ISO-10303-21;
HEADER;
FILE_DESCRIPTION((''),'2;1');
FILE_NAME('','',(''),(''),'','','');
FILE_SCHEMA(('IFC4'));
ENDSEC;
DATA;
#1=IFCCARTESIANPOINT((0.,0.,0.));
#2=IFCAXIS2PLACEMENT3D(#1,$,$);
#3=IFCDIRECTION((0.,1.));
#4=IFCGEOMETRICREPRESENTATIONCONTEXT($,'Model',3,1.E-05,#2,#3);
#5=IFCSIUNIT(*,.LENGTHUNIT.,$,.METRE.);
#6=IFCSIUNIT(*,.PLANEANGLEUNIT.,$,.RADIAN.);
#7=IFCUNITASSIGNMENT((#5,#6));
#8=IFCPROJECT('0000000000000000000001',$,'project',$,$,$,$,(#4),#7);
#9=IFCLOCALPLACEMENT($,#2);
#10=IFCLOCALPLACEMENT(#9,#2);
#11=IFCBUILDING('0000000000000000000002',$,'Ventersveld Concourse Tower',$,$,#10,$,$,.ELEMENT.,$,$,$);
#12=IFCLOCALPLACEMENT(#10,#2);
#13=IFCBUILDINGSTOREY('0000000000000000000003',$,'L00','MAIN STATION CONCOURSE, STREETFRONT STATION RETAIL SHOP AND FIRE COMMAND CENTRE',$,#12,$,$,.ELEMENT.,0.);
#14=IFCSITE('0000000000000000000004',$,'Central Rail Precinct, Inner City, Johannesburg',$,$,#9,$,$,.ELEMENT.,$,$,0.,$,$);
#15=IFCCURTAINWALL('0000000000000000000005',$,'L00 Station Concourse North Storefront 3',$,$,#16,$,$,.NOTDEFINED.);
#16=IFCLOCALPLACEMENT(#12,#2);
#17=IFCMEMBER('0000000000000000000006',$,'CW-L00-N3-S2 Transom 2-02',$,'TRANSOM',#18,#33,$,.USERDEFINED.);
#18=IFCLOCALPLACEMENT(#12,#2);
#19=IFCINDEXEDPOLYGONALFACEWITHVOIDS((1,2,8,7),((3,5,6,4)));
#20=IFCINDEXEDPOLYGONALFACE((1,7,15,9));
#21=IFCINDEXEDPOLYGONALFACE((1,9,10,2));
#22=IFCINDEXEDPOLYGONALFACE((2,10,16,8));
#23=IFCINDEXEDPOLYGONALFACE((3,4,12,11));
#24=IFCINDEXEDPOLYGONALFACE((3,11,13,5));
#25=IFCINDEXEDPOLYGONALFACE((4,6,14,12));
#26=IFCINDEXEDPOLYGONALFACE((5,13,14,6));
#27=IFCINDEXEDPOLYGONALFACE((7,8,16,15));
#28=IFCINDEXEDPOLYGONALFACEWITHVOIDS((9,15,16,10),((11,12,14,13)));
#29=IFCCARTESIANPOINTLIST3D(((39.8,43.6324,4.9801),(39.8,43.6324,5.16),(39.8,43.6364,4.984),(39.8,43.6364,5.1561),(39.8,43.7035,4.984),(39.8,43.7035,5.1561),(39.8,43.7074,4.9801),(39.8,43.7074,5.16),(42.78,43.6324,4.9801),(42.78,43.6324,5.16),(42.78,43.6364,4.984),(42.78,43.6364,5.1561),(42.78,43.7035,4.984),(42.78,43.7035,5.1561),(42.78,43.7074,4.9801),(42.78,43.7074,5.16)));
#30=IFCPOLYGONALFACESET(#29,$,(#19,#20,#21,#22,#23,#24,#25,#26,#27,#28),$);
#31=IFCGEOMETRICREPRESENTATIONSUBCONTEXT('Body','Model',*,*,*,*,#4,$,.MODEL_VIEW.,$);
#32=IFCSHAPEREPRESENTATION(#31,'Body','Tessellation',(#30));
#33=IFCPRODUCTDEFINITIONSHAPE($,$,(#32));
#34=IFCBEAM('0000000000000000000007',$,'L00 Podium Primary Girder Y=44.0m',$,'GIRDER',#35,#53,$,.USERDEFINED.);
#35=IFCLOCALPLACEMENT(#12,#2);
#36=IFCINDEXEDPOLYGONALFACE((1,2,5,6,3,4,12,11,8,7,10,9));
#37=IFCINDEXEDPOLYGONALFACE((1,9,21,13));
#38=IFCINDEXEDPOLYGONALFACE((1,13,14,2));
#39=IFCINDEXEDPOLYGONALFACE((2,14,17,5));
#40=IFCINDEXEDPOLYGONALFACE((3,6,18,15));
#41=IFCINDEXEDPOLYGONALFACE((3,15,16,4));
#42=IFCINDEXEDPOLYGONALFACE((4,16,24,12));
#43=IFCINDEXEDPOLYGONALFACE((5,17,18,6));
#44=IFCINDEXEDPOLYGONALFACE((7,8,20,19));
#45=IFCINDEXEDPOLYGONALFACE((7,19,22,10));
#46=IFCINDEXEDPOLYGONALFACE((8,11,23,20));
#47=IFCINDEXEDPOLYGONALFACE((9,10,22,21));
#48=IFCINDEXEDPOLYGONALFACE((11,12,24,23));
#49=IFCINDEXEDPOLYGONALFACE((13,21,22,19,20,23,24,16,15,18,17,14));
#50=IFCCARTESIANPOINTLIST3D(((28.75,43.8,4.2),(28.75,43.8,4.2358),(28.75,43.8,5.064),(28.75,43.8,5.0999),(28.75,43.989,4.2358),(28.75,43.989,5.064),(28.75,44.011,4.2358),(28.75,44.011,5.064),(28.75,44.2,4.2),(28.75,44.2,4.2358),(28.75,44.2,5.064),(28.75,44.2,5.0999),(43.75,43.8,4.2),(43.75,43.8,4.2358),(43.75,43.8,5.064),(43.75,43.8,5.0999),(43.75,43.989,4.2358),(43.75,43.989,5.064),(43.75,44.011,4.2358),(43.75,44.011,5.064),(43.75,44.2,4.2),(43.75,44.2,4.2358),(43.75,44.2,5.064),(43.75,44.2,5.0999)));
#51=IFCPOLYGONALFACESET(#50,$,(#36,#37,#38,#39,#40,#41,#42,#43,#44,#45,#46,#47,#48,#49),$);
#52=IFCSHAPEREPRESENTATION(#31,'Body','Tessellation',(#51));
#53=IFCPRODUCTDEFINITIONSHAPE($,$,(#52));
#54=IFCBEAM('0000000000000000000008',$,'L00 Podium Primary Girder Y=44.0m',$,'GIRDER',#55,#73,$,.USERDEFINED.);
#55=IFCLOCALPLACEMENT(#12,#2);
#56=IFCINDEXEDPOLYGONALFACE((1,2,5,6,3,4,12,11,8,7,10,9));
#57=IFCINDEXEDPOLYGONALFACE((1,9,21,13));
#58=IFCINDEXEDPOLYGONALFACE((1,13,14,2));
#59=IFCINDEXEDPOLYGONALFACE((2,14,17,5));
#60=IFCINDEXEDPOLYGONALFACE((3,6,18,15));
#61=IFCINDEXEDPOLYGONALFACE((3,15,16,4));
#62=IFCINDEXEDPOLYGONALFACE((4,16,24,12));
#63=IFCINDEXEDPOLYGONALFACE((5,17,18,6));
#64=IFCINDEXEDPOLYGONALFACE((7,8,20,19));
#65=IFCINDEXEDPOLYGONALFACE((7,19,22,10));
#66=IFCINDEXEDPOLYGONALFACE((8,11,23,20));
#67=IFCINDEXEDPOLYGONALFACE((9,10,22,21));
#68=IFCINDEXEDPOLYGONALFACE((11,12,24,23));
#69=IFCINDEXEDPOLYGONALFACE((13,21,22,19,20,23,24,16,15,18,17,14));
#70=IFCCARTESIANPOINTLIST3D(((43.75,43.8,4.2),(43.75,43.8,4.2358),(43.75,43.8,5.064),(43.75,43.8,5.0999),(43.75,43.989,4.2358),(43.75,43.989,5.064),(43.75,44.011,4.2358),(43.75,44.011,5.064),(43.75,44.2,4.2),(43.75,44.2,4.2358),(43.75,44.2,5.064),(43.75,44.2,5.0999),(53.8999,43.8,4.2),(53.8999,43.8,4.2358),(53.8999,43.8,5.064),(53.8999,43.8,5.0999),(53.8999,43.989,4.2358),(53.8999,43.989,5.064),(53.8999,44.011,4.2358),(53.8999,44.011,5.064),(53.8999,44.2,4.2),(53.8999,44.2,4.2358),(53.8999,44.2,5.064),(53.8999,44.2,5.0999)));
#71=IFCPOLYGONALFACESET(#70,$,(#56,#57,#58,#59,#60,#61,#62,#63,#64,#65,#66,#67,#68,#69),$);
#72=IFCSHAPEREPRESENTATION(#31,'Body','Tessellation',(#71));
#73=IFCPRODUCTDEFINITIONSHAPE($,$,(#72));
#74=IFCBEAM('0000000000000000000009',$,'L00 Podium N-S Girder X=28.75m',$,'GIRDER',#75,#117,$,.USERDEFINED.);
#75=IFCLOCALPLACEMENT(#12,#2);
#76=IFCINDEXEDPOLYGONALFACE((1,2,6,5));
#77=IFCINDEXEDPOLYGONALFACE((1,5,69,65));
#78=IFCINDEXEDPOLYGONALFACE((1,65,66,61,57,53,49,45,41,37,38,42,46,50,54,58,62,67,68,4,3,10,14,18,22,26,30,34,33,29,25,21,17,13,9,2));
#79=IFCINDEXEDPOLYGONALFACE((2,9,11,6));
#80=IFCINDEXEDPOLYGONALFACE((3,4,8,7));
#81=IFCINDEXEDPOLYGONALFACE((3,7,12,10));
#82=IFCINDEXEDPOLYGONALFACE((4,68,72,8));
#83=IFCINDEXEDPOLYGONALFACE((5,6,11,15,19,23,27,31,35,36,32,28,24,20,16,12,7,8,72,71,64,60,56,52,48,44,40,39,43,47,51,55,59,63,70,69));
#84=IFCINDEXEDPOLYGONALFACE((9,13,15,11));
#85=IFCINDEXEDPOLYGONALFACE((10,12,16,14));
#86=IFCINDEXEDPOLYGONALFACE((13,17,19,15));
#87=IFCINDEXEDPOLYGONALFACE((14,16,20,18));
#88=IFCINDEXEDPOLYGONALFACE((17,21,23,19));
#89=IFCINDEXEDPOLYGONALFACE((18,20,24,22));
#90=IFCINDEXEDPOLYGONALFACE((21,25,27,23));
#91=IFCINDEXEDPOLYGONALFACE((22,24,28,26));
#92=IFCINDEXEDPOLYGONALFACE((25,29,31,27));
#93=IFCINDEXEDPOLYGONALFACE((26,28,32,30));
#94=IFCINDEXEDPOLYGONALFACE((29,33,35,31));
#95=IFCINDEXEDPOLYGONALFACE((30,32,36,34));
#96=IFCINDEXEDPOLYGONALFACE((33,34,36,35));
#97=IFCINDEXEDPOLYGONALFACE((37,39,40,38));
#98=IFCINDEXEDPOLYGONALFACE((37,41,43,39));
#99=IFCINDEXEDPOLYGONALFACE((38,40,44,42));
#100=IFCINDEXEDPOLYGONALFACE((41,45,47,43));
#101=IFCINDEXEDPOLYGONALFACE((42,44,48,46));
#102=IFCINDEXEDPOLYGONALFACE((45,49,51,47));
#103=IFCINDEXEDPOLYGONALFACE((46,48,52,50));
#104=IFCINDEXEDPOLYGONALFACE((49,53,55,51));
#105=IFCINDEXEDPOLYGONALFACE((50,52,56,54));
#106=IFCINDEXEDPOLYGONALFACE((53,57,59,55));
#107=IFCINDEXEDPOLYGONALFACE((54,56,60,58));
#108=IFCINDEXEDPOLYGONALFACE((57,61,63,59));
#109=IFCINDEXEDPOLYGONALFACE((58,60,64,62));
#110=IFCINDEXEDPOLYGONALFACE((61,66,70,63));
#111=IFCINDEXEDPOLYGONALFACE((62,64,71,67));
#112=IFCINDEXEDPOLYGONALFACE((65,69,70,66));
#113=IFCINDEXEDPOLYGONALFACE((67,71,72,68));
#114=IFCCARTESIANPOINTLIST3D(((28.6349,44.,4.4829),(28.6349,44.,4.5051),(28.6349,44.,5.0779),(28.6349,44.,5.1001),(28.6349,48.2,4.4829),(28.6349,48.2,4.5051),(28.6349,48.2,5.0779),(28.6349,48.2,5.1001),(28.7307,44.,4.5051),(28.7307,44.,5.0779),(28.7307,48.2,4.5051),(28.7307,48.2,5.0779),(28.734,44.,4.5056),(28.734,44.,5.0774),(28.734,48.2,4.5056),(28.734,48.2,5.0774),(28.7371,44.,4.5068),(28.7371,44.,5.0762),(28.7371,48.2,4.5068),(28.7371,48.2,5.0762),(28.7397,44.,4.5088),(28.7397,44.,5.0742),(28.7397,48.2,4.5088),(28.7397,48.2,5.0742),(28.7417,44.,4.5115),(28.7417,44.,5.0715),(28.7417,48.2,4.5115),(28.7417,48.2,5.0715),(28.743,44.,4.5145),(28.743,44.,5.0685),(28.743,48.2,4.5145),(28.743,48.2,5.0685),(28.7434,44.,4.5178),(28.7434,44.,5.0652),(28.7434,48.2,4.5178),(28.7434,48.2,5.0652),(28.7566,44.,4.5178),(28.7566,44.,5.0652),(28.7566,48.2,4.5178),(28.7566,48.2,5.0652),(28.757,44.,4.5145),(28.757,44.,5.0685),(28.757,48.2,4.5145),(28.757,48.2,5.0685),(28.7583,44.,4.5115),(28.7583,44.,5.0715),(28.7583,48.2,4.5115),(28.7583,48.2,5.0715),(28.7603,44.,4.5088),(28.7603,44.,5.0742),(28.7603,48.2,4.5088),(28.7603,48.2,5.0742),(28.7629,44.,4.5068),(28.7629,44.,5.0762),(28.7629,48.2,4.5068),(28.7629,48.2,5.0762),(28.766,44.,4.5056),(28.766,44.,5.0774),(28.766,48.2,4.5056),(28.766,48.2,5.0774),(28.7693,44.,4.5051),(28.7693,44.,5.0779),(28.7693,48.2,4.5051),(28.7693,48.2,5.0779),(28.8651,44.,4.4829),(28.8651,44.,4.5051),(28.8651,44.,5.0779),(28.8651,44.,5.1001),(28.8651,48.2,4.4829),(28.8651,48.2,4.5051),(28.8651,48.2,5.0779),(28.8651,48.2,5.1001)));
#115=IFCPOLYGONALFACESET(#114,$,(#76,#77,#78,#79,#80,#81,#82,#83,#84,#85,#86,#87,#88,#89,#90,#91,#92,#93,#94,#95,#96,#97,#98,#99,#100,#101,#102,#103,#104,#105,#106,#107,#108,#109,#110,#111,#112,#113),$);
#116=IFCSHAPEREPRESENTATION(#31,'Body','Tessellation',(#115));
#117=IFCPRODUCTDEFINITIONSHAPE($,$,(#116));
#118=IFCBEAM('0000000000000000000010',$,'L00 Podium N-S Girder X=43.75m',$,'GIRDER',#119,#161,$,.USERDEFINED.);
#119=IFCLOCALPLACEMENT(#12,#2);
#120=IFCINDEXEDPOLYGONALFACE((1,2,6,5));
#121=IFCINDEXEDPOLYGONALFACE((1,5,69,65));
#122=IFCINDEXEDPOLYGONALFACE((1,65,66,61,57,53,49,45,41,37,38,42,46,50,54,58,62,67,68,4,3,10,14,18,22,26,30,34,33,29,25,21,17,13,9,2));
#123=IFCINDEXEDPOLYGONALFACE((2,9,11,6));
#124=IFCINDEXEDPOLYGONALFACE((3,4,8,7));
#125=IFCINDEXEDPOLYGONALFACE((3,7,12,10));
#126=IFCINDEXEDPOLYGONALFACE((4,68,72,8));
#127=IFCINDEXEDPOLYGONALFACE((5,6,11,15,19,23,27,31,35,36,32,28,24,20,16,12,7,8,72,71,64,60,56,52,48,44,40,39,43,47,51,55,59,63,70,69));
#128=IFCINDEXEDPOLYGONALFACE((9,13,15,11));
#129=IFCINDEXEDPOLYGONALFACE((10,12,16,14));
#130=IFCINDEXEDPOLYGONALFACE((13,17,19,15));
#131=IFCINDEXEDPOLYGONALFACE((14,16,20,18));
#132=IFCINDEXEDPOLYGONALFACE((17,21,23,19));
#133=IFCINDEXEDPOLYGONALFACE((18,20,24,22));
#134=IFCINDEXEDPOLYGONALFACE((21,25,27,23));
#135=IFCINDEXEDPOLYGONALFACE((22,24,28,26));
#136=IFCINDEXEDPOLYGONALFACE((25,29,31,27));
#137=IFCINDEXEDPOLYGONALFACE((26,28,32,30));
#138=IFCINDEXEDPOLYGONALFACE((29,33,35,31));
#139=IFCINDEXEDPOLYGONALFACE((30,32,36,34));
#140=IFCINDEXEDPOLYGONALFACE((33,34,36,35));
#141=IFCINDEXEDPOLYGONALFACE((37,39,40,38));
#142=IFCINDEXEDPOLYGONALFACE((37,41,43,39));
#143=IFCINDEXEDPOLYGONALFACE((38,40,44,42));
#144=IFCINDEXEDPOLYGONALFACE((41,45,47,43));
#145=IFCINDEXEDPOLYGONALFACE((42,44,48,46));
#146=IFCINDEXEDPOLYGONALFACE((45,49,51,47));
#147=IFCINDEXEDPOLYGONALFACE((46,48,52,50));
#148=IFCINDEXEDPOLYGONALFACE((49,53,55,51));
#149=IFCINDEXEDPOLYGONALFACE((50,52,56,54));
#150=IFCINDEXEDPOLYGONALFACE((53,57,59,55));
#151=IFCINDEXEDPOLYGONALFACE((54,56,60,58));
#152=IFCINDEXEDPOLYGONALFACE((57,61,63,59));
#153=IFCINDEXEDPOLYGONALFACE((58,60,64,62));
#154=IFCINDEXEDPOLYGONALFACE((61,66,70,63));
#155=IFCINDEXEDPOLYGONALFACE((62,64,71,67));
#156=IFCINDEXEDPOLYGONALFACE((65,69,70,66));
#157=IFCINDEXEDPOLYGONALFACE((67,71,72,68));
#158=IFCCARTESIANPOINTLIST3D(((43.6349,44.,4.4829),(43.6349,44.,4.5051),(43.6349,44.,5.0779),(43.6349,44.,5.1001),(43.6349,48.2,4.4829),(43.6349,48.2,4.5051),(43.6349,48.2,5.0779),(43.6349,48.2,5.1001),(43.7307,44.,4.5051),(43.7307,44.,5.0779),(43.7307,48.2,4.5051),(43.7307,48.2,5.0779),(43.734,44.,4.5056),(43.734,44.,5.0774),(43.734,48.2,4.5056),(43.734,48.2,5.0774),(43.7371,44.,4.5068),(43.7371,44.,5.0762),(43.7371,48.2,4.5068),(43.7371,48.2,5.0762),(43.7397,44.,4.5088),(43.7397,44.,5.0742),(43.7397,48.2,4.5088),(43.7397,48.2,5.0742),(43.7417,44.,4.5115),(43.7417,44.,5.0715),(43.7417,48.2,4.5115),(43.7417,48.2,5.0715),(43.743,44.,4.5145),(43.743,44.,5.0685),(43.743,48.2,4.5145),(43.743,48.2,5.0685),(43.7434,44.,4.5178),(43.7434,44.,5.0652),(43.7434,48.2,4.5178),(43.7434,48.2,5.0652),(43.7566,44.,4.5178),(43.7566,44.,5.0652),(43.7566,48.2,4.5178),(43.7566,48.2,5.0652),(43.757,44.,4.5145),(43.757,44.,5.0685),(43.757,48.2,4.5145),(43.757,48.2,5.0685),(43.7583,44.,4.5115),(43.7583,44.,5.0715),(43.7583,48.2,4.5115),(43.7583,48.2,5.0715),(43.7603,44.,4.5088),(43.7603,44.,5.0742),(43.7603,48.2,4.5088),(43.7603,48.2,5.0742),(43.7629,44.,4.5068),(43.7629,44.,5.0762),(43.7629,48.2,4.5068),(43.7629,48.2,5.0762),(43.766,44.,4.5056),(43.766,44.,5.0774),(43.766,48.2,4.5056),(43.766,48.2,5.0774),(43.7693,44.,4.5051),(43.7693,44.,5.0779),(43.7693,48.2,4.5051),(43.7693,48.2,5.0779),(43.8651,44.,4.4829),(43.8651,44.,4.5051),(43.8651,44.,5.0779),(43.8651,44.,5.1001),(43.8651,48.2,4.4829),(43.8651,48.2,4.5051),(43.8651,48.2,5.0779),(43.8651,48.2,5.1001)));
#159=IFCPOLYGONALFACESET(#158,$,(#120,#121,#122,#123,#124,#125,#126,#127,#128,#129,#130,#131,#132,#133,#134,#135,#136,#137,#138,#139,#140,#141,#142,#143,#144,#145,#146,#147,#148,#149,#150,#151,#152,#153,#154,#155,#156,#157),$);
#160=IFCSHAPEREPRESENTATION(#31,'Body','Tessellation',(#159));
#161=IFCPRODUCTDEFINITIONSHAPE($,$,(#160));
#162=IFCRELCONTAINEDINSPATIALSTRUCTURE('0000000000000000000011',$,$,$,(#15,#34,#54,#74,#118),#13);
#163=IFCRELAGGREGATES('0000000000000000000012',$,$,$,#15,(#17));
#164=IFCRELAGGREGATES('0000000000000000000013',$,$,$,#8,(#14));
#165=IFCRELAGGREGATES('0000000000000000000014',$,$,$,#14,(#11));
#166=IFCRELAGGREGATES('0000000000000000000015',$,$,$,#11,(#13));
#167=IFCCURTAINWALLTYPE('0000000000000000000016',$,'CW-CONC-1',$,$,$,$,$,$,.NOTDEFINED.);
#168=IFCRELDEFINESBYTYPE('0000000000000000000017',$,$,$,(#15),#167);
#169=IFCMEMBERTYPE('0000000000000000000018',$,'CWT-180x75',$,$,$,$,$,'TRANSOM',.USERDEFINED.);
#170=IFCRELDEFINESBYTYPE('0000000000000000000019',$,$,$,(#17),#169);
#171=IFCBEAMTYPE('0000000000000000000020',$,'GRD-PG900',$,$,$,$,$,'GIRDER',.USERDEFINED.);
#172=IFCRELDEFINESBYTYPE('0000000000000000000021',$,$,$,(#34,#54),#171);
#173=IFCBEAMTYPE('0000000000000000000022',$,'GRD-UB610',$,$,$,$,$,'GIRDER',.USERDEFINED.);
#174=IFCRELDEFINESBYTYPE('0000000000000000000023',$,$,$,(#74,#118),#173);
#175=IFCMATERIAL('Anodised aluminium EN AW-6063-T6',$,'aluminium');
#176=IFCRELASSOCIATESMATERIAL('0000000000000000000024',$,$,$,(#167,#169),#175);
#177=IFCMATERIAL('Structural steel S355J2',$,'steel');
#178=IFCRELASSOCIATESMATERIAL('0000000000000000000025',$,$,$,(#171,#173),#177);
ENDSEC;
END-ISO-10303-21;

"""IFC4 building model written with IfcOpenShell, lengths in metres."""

from ifc_helpers import new_model, si_unit, direction, frame, origin, origin_2d, place, context, subcontext, project, spatial, hollow_rectangle, i_section, extrude, material, material_profile, profile_set, type_object, element, aggregate, save


model = new_model("IFC4")

# Units and contexts
model_context = context("Model", 3, precision=1e-05, world=origin(), true_north=direction((0.0, 1.0)))
body_context = subcontext(model_context, "Body", "Model", "MODEL_VIEW")
ifc_project = project(units=[si_unit("LENGTHUNIT", "METRE"), si_unit("PLANEANGLEUNIT", "RADIAN")], contexts=[model_context])

# Site, building, storey
site_placement = place(None, origin())
site = spatial("IfcSite", under=ifc_project, at=site_placement, Name="Central Rail Precinct, Inner City, Johannesburg", CompositionType="ELEMENT", RefElevation=0.0)
building_placement = place(site_placement, origin())
building = spatial("IfcBuilding", under=site, at=building_placement, Name="Ventersveld Concourse Tower", CompositionType="ELEMENT")
storey_placement = place(building_placement, origin())
storey = spatial("IfcBuildingStorey", under=building, at=storey_placement, Name="L00", Description="MAIN STATION CONCOURSE, STREETFRONT STATION RETAIL SHOP AND FIRE COMMAND CENTRE", CompositionType="ELEMENT", Elevation=0.0)

# Shared definitions
ifc_material_1 = material(Name="Anodised aluminium EN AW-6063-T6", Category="aluminium")
curtain_wall_type = type_object("IfcCurtainWallType", Name="CW-CONC-1", PredefinedType="NOTDEFINED", material=ifc_material_1)

# Curtain wall, member
curtain_wall_1_placement = place(storey_placement, origin())
curtain_wall_1 = element("IfcCurtainWall", 1, at=curtain_wall_1_placement, inside=storey, type_object=curtain_wall_type, Name="L00 Station Concourse North Storefront 3", PredefinedType="NOTDEFINED")
ifc_material_profile_1 = material_profile(ifc_material_1, hollow_rectangle(XDim=0.075, YDim=0.1799, WallThickness=0.0039, at=origin_2d()), Name="ALU 180x75x4")
ifc_profile_set_1 = profile_set([ifc_material_profile_1], Name="Anodised aluminium EN AW-6063-T6")
member_type_1 = type_object("IfcMemberType", Name="CWT-180x75", ElementType="TRANSOM", PredefinedType="USERDEFINED", material=ifc_profile_set_1)
member_1_placement = place(storey_placement, frame((39.8, 43.6699, 5.0701), z_axis=(1.0, 0.0, 0.0), x_axis=(0.0, 1.0, 0.0)))
member_1 = element("IfcMember", 2, at=member_1_placement, type_object=member_type_1, Name="CW-L00-N3-S2 Transom 2-02", ObjectType="TRANSOM", PredefinedType="USERDEFINED", context=body_context, shape_type="SweptSolid", body=[
    extrude(hollow_rectangle(XDim=0.075, YDim=0.1799, WallThickness=0.0039, at=origin_2d()), origin(), (0.0, 0.0, 1.0), 2.98),
])

# Beams
ifc_material_2 = material(Name="Structural steel S355J2", Category="steel")
ifc_material_profile_2 = material_profile(ifc_material_2, i_section(OverallWidth=0.3999, OverallDepth=0.8999, WebThickness=0.022, FlangeThickness=0.0359, at=origin_2d()), Name="PG 900x400x36")
ifc_profile_set_2 = profile_set([ifc_material_profile_2], Name="Structural steel S355J2")
beam_type_1 = type_object("IfcBeamType", Name="GRD-PG900", ElementType="GIRDER", PredefinedType="USERDEFINED", material=ifc_profile_set_2)
beam_1_placement = place(storey_placement, frame((28.75, 44.0, 4.6499), z_axis=(1.0, 0.0, 0.0), x_axis=(0.0, 1.0, 0.0)))
element("IfcBeam", 3, at=beam_1_placement, inside=storey, type_object=beam_type_1, Name="L00 Podium Primary Girder Y=44.0m", ObjectType="GIRDER", PredefinedType="USERDEFINED", context=body_context, shape_type="SweptSolid", body=[
    extrude(i_section(OverallWidth=0.3999, OverallDepth=0.8999, WebThickness=0.022, FlangeThickness=0.0359, at=origin_2d()), origin(), (0.0, 0.0, 1.0), 15.0),
])
beam_2_placement = place(storey_placement, frame((43.75, 44.0, 4.6499), z_axis=(1.0, 0.0, 0.0), x_axis=(0.0, 1.0, 0.0)))
element("IfcBeam", 4, at=beam_2_placement, inside=storey, type_object=beam_type_1, Name="L00 Podium Primary Girder Y=44.0m", ObjectType="GIRDER", PredefinedType="USERDEFINED", context=body_context, shape_type="SweptSolid", body=[
    extrude(i_section(OverallWidth=0.3999, OverallDepth=0.8999, WebThickness=0.022, FlangeThickness=0.0359, at=origin_2d()), origin(), (0.0, 0.0, 1.0), 10.1499),
])
ifc_material_profile_3 = material_profile(ifc_material_2, i_section(OverallWidth=0.2302, OverallDepth=0.6172, WebThickness=0.0132, FlangeThickness=0.0222, FilletRadius=0.0127, at=origin_2d()), Name="UB 610x229x140")
ifc_profile_set_3 = profile_set([ifc_material_profile_3], Name="Structural steel S355J2")
beam_type_2 = type_object("IfcBeamType", Name="GRD-UB610", ElementType="GIRDER", PredefinedType="USERDEFINED", material=ifc_profile_set_3)
for number, where, z_axis, x_axis, name in (
    (5, (28.75, 44.0, 4.7915), (0.0, 1.0, 0.0), (-1.0, 0.0, 0.0), "L00 Podium N-S Girder X=28.75m"),
    (6, (43.75, 44.0, 4.7915), (0.0, 1.0, 0.0), (-1.0, 0.0, 0.0), "L00 Podium N-S Girder X=43.75m"),
):
    element("IfcBeam", number, at=place(storey_placement, frame(where, z_axis=z_axis, x_axis=x_axis)), inside=storey, type_object=beam_type_2, Name=name, ObjectType="GIRDER", PredefinedType="USERDEFINED", context=body_context, shape_type="SweptSolid", body=[
        extrude(i_section(OverallWidth=0.2302, OverallDepth=0.6172, WebThickness=0.0132, FlangeThickness=0.0222, FilletRadius=0.0127, at=origin_2d()), origin(), (0.0, 0.0, 1.0), 4.2),
    ])

aggregate(curtain_wall_1, [member_1])

save(model, "model.ifc")
